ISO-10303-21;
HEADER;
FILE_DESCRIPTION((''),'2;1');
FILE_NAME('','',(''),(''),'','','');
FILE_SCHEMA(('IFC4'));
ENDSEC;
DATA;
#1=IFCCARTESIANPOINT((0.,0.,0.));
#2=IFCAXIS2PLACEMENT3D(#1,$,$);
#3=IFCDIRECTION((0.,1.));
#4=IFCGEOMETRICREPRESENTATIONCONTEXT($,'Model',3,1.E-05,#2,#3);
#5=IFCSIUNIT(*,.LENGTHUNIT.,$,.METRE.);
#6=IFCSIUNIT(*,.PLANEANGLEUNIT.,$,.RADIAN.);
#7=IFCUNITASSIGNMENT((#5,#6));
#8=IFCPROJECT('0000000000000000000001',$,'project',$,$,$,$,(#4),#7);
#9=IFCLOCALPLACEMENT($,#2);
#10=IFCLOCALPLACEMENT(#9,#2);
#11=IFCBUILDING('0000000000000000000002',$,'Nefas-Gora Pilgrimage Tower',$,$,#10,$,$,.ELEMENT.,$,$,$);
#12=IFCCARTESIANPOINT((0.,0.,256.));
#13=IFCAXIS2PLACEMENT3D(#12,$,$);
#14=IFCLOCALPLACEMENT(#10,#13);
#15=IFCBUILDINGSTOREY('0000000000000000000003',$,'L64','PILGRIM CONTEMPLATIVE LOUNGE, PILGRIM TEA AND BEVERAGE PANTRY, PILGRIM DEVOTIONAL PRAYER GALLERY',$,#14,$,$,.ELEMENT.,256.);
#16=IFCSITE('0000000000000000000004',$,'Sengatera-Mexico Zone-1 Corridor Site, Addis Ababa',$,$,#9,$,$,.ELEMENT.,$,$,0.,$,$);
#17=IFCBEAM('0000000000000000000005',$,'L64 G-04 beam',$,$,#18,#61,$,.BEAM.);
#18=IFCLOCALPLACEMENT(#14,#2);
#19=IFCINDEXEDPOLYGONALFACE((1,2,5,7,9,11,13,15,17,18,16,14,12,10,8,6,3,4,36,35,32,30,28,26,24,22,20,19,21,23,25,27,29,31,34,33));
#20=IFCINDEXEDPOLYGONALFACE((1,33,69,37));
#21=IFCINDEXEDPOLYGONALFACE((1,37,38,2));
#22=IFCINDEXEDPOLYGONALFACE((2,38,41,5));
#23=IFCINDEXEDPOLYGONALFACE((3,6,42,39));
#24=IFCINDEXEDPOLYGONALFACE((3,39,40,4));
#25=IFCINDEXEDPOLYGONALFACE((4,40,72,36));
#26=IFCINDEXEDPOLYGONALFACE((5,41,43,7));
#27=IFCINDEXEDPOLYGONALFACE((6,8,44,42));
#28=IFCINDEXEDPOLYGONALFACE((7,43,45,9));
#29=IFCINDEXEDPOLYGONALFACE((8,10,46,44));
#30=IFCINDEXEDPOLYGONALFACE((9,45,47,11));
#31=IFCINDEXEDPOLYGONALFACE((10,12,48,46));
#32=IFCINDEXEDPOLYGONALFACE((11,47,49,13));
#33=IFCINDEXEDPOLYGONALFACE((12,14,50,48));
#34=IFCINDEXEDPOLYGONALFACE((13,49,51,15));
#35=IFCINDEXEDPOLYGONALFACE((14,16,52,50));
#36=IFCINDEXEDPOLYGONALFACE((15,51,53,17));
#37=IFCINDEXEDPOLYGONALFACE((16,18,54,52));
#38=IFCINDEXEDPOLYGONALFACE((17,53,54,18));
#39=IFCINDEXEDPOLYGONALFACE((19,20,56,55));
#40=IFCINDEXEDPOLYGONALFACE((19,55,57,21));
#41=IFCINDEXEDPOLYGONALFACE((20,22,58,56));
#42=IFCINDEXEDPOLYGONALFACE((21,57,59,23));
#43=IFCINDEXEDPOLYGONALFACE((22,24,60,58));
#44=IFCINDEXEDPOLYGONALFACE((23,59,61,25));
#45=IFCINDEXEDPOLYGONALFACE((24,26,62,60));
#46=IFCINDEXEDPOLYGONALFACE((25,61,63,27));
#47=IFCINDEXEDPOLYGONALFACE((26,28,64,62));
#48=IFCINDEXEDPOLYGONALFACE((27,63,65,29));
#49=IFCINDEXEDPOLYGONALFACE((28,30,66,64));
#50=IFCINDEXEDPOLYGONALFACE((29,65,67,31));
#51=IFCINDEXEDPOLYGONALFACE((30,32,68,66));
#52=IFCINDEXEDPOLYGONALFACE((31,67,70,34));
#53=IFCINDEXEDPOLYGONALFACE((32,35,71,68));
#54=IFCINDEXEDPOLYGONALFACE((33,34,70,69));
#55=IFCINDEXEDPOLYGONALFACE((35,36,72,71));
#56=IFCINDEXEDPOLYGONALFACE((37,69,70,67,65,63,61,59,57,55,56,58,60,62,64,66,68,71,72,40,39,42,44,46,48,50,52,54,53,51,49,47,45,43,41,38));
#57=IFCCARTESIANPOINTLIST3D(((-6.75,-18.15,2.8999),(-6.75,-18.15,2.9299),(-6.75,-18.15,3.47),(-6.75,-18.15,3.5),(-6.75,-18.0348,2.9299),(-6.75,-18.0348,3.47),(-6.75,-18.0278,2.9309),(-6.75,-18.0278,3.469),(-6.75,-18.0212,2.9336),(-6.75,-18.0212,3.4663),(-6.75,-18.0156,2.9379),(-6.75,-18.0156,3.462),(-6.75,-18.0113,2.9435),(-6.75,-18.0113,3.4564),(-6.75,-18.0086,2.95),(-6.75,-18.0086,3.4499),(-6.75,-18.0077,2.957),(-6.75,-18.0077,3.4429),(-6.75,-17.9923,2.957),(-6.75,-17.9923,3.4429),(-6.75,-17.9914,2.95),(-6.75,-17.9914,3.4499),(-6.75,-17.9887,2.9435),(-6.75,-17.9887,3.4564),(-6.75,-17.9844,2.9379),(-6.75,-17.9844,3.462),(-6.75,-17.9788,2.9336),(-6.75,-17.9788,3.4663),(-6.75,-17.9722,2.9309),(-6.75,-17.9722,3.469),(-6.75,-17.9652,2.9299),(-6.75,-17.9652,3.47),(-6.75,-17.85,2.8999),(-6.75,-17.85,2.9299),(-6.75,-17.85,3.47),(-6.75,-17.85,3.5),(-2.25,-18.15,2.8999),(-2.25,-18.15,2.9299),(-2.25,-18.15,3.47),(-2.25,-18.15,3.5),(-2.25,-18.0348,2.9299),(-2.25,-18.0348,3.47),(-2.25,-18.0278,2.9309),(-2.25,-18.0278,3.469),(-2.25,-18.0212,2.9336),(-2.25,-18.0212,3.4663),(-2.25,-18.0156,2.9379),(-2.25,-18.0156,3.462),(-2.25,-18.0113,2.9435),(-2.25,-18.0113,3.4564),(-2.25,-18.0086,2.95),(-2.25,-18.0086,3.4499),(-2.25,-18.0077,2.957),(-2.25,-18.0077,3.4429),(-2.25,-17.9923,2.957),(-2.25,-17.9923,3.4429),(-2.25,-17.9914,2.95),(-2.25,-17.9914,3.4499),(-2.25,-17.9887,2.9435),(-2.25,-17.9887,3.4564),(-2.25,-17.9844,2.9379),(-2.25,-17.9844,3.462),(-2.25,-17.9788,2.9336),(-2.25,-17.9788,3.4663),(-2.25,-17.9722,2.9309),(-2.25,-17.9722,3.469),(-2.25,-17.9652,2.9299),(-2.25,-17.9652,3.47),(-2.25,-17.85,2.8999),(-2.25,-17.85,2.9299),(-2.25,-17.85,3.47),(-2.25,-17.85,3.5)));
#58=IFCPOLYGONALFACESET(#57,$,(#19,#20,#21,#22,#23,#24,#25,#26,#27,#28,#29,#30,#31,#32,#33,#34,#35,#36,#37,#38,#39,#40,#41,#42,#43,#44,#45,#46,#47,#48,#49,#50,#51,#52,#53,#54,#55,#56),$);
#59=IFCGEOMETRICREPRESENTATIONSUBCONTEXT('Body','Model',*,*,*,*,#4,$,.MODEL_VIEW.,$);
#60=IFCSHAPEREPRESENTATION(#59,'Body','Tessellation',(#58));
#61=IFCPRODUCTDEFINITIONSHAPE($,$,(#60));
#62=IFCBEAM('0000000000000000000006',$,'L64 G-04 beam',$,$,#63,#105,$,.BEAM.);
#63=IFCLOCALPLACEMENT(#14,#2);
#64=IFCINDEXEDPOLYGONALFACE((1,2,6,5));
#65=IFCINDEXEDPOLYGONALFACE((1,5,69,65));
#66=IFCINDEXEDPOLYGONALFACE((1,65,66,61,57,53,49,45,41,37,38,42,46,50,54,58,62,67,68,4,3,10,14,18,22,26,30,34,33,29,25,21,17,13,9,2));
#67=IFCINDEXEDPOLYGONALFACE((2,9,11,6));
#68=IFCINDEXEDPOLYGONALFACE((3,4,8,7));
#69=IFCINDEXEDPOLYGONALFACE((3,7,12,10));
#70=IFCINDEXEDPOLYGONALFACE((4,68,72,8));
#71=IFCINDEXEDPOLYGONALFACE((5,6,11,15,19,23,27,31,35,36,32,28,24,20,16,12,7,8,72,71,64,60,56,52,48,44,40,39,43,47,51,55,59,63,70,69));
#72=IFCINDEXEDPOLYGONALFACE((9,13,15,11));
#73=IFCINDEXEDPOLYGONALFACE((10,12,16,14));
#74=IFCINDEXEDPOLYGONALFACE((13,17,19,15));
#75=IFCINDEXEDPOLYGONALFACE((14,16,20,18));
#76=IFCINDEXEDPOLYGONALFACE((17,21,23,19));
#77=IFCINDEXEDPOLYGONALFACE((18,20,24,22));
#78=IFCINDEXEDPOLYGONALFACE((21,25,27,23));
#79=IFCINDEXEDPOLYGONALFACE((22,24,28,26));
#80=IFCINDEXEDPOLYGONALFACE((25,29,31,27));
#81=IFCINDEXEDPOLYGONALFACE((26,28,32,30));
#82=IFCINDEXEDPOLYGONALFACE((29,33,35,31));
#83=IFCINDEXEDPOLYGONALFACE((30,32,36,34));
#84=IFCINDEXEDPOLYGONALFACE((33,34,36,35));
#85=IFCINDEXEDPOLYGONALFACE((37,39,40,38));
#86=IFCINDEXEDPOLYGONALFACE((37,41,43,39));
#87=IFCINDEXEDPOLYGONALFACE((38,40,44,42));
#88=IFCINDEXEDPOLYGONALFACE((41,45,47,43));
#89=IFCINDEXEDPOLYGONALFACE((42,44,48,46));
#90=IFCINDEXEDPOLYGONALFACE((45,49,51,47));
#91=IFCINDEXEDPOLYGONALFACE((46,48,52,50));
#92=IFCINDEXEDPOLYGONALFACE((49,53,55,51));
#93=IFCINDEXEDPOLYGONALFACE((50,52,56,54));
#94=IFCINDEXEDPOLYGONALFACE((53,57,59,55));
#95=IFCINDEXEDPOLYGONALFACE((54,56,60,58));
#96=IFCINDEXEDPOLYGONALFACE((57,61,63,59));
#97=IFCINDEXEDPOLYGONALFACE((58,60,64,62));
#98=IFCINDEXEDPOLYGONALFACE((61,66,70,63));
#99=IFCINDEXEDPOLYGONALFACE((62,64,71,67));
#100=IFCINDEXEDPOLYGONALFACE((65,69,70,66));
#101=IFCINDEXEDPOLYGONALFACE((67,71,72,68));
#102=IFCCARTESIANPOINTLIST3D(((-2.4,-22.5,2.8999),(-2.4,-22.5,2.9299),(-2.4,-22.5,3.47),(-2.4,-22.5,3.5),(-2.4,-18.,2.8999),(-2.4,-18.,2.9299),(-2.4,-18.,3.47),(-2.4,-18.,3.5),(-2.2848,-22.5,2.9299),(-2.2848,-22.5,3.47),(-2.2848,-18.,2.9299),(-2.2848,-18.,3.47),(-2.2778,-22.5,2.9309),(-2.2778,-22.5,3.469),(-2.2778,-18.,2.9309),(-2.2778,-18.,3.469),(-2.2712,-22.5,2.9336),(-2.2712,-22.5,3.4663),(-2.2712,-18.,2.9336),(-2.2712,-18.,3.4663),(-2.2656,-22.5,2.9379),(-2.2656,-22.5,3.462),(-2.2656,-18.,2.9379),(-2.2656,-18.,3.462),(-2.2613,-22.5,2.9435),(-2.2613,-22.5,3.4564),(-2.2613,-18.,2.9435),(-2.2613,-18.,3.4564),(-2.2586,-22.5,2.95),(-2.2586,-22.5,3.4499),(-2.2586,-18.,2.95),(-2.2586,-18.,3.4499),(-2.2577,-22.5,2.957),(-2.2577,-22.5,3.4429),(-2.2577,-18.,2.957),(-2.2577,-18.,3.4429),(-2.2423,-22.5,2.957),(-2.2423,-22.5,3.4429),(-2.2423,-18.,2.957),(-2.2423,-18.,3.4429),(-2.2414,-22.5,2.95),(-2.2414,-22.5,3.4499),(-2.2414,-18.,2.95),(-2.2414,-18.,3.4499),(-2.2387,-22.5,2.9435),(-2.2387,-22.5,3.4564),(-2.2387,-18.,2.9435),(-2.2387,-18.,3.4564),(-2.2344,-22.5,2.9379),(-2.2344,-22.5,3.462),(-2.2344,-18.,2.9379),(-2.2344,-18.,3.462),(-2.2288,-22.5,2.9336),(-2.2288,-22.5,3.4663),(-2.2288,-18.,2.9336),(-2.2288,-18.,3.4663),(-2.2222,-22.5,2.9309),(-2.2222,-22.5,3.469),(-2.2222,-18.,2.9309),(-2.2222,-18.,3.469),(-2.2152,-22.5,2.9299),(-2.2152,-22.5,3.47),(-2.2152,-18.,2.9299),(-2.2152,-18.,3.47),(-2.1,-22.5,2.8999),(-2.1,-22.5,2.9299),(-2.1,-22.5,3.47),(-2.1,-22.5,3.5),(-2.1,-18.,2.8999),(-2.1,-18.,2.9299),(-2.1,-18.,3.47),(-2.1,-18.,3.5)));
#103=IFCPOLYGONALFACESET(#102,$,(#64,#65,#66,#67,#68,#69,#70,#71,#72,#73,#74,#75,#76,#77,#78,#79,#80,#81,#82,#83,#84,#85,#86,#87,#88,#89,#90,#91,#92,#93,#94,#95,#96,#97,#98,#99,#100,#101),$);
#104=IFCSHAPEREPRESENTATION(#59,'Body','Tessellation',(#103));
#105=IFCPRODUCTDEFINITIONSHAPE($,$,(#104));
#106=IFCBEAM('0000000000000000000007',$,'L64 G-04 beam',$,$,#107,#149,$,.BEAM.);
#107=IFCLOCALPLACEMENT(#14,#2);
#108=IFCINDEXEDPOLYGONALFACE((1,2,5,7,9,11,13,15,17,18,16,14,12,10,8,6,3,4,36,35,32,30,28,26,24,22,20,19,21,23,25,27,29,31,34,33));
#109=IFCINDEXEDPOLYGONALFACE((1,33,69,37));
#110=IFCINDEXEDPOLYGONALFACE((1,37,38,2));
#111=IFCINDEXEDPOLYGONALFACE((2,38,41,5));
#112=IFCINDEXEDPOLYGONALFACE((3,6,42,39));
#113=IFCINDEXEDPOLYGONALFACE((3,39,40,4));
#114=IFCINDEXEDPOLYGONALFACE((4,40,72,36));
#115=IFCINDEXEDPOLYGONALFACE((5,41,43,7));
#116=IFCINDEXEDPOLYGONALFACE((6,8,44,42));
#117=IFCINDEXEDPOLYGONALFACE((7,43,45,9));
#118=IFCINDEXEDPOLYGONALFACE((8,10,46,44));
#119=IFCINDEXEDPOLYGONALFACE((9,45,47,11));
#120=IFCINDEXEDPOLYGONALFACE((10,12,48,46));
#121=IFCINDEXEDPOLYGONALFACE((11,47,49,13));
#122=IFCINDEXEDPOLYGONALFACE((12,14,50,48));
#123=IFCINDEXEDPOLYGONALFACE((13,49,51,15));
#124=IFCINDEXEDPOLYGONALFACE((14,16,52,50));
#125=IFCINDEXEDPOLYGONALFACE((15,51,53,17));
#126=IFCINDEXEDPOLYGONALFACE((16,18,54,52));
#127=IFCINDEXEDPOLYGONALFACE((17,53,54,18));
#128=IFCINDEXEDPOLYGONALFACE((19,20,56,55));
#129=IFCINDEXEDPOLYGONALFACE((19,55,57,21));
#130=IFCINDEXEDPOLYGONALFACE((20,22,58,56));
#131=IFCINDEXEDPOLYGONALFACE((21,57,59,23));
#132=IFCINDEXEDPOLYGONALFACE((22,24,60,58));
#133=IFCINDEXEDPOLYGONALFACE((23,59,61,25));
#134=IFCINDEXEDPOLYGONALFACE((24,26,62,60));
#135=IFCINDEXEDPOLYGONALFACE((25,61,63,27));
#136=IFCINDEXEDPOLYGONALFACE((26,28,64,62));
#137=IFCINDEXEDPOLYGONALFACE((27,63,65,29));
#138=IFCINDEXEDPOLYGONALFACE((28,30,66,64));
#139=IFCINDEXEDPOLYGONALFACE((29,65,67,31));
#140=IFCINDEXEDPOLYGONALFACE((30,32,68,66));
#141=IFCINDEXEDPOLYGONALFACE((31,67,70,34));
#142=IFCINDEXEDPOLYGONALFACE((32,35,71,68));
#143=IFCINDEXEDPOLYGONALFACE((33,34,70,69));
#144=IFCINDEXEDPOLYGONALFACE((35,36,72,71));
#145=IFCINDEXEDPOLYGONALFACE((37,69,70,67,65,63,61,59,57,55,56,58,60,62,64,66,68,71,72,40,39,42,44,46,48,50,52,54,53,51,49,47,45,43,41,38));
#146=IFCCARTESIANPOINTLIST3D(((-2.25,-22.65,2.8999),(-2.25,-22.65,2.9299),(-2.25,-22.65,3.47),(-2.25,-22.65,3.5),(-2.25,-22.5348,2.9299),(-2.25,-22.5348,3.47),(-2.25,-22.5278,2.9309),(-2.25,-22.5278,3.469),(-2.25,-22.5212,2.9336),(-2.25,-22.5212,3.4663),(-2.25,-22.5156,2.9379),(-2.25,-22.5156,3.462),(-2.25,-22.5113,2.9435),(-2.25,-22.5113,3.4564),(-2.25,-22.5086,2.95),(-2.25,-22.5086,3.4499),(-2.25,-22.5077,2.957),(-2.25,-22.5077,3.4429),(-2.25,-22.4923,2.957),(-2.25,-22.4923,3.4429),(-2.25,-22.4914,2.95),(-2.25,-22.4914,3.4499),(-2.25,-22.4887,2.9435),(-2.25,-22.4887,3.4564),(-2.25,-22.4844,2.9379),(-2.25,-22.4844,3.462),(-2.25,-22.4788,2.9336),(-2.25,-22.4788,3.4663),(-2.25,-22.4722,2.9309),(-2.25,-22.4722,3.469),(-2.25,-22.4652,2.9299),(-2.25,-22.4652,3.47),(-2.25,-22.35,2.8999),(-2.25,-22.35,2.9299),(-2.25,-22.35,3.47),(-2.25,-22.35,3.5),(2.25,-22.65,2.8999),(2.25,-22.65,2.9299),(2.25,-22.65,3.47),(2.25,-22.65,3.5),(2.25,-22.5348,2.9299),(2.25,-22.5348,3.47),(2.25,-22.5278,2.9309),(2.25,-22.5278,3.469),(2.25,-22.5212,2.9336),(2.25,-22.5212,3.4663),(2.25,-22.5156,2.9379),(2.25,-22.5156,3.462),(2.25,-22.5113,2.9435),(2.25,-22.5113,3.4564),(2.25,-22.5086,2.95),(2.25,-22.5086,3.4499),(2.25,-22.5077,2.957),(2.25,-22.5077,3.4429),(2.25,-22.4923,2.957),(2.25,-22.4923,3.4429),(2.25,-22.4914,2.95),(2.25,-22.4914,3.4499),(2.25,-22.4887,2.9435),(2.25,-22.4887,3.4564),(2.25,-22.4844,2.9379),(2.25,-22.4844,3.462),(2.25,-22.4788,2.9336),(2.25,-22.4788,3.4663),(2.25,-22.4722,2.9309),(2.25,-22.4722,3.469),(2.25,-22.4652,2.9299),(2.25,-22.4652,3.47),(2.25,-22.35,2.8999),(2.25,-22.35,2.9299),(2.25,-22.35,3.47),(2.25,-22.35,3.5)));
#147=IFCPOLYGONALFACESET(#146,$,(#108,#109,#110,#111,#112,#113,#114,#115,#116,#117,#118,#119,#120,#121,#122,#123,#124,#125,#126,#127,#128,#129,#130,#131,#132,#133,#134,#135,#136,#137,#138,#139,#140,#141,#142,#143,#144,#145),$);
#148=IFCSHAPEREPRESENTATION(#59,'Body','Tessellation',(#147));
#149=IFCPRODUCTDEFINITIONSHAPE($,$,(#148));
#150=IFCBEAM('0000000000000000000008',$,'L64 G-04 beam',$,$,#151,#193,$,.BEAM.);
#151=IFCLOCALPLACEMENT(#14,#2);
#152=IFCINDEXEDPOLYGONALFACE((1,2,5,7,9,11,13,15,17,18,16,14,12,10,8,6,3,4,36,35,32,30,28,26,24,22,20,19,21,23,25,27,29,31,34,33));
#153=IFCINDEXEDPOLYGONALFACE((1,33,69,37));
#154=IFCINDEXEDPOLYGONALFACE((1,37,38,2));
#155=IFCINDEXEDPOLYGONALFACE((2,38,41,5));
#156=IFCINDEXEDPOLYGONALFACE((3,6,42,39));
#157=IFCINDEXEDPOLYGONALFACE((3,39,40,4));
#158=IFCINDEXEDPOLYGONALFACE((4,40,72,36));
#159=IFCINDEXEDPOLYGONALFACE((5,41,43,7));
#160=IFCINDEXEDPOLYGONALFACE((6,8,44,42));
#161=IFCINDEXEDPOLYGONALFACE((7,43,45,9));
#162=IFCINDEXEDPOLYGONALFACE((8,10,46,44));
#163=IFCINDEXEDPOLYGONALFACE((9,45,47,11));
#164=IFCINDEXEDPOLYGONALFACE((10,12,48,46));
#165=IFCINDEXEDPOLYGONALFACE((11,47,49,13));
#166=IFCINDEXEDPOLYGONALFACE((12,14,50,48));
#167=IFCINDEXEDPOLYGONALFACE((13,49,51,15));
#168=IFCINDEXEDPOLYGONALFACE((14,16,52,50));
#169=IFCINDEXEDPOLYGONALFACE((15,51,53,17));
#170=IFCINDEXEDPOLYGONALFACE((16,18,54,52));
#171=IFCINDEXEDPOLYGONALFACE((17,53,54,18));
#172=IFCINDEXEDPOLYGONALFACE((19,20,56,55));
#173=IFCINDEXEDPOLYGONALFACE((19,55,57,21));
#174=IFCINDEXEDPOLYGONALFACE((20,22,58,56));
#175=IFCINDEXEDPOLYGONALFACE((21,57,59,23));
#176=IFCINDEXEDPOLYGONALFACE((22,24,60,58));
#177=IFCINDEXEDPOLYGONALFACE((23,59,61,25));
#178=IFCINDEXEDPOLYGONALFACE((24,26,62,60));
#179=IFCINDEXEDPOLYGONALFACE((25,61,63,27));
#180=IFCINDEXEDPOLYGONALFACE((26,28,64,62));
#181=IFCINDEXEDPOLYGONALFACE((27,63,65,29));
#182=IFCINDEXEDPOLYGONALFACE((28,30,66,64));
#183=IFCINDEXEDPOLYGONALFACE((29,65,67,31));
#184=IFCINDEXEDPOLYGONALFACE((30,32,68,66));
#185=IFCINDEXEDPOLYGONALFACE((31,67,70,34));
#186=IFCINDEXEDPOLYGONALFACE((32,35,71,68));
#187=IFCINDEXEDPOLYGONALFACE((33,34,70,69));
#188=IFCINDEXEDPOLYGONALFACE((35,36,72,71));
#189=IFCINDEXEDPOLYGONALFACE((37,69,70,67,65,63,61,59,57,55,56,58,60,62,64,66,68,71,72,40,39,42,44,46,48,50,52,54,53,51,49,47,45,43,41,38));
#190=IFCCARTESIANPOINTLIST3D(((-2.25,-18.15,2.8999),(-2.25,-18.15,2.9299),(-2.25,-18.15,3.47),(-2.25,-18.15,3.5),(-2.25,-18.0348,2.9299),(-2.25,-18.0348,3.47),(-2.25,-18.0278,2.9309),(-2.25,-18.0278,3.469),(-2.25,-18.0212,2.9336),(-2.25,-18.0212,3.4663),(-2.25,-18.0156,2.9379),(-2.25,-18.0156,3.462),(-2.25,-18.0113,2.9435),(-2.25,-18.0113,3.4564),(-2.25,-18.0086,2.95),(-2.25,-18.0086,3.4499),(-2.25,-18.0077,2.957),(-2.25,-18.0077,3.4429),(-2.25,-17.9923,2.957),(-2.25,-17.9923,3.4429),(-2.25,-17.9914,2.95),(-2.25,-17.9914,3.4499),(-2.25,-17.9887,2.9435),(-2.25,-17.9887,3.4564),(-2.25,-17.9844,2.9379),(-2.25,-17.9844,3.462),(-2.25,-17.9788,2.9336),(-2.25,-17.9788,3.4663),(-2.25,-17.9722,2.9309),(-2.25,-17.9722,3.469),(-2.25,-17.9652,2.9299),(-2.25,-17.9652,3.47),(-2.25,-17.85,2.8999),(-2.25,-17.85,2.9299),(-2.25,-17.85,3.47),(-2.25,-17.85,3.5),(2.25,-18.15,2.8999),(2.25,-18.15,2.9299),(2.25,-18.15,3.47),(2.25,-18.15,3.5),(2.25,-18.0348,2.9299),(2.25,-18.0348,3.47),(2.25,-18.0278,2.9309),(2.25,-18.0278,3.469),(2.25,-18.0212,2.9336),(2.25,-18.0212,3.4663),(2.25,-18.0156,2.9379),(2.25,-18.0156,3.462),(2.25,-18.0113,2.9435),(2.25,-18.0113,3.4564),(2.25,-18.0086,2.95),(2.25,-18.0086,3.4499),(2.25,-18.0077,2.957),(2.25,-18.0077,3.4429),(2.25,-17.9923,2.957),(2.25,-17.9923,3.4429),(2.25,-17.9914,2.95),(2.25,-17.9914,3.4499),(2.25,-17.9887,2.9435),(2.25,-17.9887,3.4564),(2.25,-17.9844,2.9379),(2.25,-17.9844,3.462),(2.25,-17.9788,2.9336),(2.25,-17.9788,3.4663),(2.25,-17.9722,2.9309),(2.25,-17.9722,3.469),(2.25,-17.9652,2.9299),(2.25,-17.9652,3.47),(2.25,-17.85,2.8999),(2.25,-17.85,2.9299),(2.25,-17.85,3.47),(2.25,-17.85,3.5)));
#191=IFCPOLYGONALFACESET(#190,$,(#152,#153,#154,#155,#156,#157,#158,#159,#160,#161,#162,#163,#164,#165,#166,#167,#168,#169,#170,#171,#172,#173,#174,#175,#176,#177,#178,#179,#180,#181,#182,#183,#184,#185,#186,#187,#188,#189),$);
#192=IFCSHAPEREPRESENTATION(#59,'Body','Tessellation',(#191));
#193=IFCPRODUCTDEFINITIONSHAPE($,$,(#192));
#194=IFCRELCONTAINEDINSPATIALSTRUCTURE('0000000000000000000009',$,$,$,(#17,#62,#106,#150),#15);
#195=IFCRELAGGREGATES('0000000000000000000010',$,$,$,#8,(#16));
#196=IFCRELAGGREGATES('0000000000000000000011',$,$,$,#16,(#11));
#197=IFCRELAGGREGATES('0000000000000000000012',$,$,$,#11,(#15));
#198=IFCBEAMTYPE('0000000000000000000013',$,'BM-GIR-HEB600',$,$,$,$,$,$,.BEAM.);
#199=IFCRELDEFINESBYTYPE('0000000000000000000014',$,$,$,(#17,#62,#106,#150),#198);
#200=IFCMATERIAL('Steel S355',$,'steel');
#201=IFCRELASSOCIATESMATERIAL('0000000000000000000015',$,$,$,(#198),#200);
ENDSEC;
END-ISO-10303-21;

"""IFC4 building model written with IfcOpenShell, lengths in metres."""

from ifc_helpers import new_model, si_unit, direction, frame, origin, origin_2d, place, context, subcontext, project, spatial, i_section, extrude, source, transform, mapped, material, material_profile, profile_set, type_object, element, save


model = new_model("IFC4")

# Units and contexts
model_context = context("Model", 3, precision=1e-05, world=origin(), true_north=direction((0.0, 1.0)))
body_context = subcontext(model_context, "Body", "Model", "MODEL_VIEW")
ifc_project = project(units=[si_unit("LENGTHUNIT", "METRE"), si_unit("PLANEANGLEUNIT", "RADIAN")], contexts=[model_context])

# Site, building, storey
site_placement = place(None, origin())
site = spatial("IfcSite", under=ifc_project, at=site_placement, Name="Sengatera-Mexico Zone-1 Corridor Site, Addis Ababa", CompositionType="ELEMENT", RefElevation=0.0)
building_placement = place(site_placement, origin())
building = spatial("IfcBuilding", under=site, at=building_placement, Name="Nefas-Gora Pilgrimage Tower", CompositionType="ELEMENT")
storey_placement = place(building_placement, frame((0.0, 0.0, 256.0)))
storey = spatial("IfcBuildingStorey", under=building, at=storey_placement, Name="L64", Description="PILGRIM CONTEMPLATIVE LOUNGE, PILGRIM TEA AND BEVERAGE PANTRY, PILGRIM DEVOTIONAL PRAYER GALLERY", CompositionType="ELEMENT", Elevation=256.0)

# Beams
ifc_material_1 = material(Name="Steel S355", Category="steel")
ifc_material_profile_1 = material_profile(ifc_material_1, i_section(OverallWidth=0.3, OverallDepth=0.6001, WebThickness=0.0154, FlangeThickness=0.03, FilletRadius=0.0271, at=origin_2d()), Name="HEB 600")
ifc_profile_set_1 = profile_set([ifc_material_profile_1], Name="Steel S355")
beam_type = type_object("IfcBeamType", Name="BM-GIR-HEB600", PredefinedType="BEAM", material=ifc_profile_set_1)
shared_shape_1 = source(origin(), body_context, "Body", "SweptSolid", [
    extrude(i_section(OverallWidth=0.3, OverallDepth=0.6001, WebThickness=0.0154, FlangeThickness=0.03, FilletRadius=0.0271, at=origin_2d()), origin(), (0.0, 0.0, 1.0), 4.5),
])
for number, where, z_axis, x_axis, name in (
    (1, (-6.75, -18.0, 3.2), (1.0, 0.0, 0.0), (0.0, 1.0, 0.0), "L64 G-04 beam"),
    (2, (-2.25, -22.5, 3.2), (0.0, 1.0, 0.0), (-1.0, 0.0, 0.0), "L64 G-04 beam"),
    (3, (-2.25, -22.5, 3.2), (1.0, 0.0, 0.0), (0.0, 1.0, 0.0), "L64 G-04 beam"),
    (4, (-2.25, -18.0, 3.2), (1.0, 0.0, 0.0), (0.0, 1.0, 0.0), "L64 G-04 beam"),
):
    element("IfcBeam", number, at=place(storey_placement, frame(where, z_axis=z_axis, x_axis=x_axis)), inside=storey, type_object=beam_type, Name=name, PredefinedType="BEAM", context=body_context, shape_type="MappedRepresentation", body=[
        mapped(shared_shape_1, transform((0.0, 0.0, 0.0), x_axis=(1.0, 0.0, 0.0), y_axis=(0.0, 1.0, 0.0), z_axis=(0.0, 0.0, 1.0), scale=1.0)),
    ])

save(model, "model.ifc")
